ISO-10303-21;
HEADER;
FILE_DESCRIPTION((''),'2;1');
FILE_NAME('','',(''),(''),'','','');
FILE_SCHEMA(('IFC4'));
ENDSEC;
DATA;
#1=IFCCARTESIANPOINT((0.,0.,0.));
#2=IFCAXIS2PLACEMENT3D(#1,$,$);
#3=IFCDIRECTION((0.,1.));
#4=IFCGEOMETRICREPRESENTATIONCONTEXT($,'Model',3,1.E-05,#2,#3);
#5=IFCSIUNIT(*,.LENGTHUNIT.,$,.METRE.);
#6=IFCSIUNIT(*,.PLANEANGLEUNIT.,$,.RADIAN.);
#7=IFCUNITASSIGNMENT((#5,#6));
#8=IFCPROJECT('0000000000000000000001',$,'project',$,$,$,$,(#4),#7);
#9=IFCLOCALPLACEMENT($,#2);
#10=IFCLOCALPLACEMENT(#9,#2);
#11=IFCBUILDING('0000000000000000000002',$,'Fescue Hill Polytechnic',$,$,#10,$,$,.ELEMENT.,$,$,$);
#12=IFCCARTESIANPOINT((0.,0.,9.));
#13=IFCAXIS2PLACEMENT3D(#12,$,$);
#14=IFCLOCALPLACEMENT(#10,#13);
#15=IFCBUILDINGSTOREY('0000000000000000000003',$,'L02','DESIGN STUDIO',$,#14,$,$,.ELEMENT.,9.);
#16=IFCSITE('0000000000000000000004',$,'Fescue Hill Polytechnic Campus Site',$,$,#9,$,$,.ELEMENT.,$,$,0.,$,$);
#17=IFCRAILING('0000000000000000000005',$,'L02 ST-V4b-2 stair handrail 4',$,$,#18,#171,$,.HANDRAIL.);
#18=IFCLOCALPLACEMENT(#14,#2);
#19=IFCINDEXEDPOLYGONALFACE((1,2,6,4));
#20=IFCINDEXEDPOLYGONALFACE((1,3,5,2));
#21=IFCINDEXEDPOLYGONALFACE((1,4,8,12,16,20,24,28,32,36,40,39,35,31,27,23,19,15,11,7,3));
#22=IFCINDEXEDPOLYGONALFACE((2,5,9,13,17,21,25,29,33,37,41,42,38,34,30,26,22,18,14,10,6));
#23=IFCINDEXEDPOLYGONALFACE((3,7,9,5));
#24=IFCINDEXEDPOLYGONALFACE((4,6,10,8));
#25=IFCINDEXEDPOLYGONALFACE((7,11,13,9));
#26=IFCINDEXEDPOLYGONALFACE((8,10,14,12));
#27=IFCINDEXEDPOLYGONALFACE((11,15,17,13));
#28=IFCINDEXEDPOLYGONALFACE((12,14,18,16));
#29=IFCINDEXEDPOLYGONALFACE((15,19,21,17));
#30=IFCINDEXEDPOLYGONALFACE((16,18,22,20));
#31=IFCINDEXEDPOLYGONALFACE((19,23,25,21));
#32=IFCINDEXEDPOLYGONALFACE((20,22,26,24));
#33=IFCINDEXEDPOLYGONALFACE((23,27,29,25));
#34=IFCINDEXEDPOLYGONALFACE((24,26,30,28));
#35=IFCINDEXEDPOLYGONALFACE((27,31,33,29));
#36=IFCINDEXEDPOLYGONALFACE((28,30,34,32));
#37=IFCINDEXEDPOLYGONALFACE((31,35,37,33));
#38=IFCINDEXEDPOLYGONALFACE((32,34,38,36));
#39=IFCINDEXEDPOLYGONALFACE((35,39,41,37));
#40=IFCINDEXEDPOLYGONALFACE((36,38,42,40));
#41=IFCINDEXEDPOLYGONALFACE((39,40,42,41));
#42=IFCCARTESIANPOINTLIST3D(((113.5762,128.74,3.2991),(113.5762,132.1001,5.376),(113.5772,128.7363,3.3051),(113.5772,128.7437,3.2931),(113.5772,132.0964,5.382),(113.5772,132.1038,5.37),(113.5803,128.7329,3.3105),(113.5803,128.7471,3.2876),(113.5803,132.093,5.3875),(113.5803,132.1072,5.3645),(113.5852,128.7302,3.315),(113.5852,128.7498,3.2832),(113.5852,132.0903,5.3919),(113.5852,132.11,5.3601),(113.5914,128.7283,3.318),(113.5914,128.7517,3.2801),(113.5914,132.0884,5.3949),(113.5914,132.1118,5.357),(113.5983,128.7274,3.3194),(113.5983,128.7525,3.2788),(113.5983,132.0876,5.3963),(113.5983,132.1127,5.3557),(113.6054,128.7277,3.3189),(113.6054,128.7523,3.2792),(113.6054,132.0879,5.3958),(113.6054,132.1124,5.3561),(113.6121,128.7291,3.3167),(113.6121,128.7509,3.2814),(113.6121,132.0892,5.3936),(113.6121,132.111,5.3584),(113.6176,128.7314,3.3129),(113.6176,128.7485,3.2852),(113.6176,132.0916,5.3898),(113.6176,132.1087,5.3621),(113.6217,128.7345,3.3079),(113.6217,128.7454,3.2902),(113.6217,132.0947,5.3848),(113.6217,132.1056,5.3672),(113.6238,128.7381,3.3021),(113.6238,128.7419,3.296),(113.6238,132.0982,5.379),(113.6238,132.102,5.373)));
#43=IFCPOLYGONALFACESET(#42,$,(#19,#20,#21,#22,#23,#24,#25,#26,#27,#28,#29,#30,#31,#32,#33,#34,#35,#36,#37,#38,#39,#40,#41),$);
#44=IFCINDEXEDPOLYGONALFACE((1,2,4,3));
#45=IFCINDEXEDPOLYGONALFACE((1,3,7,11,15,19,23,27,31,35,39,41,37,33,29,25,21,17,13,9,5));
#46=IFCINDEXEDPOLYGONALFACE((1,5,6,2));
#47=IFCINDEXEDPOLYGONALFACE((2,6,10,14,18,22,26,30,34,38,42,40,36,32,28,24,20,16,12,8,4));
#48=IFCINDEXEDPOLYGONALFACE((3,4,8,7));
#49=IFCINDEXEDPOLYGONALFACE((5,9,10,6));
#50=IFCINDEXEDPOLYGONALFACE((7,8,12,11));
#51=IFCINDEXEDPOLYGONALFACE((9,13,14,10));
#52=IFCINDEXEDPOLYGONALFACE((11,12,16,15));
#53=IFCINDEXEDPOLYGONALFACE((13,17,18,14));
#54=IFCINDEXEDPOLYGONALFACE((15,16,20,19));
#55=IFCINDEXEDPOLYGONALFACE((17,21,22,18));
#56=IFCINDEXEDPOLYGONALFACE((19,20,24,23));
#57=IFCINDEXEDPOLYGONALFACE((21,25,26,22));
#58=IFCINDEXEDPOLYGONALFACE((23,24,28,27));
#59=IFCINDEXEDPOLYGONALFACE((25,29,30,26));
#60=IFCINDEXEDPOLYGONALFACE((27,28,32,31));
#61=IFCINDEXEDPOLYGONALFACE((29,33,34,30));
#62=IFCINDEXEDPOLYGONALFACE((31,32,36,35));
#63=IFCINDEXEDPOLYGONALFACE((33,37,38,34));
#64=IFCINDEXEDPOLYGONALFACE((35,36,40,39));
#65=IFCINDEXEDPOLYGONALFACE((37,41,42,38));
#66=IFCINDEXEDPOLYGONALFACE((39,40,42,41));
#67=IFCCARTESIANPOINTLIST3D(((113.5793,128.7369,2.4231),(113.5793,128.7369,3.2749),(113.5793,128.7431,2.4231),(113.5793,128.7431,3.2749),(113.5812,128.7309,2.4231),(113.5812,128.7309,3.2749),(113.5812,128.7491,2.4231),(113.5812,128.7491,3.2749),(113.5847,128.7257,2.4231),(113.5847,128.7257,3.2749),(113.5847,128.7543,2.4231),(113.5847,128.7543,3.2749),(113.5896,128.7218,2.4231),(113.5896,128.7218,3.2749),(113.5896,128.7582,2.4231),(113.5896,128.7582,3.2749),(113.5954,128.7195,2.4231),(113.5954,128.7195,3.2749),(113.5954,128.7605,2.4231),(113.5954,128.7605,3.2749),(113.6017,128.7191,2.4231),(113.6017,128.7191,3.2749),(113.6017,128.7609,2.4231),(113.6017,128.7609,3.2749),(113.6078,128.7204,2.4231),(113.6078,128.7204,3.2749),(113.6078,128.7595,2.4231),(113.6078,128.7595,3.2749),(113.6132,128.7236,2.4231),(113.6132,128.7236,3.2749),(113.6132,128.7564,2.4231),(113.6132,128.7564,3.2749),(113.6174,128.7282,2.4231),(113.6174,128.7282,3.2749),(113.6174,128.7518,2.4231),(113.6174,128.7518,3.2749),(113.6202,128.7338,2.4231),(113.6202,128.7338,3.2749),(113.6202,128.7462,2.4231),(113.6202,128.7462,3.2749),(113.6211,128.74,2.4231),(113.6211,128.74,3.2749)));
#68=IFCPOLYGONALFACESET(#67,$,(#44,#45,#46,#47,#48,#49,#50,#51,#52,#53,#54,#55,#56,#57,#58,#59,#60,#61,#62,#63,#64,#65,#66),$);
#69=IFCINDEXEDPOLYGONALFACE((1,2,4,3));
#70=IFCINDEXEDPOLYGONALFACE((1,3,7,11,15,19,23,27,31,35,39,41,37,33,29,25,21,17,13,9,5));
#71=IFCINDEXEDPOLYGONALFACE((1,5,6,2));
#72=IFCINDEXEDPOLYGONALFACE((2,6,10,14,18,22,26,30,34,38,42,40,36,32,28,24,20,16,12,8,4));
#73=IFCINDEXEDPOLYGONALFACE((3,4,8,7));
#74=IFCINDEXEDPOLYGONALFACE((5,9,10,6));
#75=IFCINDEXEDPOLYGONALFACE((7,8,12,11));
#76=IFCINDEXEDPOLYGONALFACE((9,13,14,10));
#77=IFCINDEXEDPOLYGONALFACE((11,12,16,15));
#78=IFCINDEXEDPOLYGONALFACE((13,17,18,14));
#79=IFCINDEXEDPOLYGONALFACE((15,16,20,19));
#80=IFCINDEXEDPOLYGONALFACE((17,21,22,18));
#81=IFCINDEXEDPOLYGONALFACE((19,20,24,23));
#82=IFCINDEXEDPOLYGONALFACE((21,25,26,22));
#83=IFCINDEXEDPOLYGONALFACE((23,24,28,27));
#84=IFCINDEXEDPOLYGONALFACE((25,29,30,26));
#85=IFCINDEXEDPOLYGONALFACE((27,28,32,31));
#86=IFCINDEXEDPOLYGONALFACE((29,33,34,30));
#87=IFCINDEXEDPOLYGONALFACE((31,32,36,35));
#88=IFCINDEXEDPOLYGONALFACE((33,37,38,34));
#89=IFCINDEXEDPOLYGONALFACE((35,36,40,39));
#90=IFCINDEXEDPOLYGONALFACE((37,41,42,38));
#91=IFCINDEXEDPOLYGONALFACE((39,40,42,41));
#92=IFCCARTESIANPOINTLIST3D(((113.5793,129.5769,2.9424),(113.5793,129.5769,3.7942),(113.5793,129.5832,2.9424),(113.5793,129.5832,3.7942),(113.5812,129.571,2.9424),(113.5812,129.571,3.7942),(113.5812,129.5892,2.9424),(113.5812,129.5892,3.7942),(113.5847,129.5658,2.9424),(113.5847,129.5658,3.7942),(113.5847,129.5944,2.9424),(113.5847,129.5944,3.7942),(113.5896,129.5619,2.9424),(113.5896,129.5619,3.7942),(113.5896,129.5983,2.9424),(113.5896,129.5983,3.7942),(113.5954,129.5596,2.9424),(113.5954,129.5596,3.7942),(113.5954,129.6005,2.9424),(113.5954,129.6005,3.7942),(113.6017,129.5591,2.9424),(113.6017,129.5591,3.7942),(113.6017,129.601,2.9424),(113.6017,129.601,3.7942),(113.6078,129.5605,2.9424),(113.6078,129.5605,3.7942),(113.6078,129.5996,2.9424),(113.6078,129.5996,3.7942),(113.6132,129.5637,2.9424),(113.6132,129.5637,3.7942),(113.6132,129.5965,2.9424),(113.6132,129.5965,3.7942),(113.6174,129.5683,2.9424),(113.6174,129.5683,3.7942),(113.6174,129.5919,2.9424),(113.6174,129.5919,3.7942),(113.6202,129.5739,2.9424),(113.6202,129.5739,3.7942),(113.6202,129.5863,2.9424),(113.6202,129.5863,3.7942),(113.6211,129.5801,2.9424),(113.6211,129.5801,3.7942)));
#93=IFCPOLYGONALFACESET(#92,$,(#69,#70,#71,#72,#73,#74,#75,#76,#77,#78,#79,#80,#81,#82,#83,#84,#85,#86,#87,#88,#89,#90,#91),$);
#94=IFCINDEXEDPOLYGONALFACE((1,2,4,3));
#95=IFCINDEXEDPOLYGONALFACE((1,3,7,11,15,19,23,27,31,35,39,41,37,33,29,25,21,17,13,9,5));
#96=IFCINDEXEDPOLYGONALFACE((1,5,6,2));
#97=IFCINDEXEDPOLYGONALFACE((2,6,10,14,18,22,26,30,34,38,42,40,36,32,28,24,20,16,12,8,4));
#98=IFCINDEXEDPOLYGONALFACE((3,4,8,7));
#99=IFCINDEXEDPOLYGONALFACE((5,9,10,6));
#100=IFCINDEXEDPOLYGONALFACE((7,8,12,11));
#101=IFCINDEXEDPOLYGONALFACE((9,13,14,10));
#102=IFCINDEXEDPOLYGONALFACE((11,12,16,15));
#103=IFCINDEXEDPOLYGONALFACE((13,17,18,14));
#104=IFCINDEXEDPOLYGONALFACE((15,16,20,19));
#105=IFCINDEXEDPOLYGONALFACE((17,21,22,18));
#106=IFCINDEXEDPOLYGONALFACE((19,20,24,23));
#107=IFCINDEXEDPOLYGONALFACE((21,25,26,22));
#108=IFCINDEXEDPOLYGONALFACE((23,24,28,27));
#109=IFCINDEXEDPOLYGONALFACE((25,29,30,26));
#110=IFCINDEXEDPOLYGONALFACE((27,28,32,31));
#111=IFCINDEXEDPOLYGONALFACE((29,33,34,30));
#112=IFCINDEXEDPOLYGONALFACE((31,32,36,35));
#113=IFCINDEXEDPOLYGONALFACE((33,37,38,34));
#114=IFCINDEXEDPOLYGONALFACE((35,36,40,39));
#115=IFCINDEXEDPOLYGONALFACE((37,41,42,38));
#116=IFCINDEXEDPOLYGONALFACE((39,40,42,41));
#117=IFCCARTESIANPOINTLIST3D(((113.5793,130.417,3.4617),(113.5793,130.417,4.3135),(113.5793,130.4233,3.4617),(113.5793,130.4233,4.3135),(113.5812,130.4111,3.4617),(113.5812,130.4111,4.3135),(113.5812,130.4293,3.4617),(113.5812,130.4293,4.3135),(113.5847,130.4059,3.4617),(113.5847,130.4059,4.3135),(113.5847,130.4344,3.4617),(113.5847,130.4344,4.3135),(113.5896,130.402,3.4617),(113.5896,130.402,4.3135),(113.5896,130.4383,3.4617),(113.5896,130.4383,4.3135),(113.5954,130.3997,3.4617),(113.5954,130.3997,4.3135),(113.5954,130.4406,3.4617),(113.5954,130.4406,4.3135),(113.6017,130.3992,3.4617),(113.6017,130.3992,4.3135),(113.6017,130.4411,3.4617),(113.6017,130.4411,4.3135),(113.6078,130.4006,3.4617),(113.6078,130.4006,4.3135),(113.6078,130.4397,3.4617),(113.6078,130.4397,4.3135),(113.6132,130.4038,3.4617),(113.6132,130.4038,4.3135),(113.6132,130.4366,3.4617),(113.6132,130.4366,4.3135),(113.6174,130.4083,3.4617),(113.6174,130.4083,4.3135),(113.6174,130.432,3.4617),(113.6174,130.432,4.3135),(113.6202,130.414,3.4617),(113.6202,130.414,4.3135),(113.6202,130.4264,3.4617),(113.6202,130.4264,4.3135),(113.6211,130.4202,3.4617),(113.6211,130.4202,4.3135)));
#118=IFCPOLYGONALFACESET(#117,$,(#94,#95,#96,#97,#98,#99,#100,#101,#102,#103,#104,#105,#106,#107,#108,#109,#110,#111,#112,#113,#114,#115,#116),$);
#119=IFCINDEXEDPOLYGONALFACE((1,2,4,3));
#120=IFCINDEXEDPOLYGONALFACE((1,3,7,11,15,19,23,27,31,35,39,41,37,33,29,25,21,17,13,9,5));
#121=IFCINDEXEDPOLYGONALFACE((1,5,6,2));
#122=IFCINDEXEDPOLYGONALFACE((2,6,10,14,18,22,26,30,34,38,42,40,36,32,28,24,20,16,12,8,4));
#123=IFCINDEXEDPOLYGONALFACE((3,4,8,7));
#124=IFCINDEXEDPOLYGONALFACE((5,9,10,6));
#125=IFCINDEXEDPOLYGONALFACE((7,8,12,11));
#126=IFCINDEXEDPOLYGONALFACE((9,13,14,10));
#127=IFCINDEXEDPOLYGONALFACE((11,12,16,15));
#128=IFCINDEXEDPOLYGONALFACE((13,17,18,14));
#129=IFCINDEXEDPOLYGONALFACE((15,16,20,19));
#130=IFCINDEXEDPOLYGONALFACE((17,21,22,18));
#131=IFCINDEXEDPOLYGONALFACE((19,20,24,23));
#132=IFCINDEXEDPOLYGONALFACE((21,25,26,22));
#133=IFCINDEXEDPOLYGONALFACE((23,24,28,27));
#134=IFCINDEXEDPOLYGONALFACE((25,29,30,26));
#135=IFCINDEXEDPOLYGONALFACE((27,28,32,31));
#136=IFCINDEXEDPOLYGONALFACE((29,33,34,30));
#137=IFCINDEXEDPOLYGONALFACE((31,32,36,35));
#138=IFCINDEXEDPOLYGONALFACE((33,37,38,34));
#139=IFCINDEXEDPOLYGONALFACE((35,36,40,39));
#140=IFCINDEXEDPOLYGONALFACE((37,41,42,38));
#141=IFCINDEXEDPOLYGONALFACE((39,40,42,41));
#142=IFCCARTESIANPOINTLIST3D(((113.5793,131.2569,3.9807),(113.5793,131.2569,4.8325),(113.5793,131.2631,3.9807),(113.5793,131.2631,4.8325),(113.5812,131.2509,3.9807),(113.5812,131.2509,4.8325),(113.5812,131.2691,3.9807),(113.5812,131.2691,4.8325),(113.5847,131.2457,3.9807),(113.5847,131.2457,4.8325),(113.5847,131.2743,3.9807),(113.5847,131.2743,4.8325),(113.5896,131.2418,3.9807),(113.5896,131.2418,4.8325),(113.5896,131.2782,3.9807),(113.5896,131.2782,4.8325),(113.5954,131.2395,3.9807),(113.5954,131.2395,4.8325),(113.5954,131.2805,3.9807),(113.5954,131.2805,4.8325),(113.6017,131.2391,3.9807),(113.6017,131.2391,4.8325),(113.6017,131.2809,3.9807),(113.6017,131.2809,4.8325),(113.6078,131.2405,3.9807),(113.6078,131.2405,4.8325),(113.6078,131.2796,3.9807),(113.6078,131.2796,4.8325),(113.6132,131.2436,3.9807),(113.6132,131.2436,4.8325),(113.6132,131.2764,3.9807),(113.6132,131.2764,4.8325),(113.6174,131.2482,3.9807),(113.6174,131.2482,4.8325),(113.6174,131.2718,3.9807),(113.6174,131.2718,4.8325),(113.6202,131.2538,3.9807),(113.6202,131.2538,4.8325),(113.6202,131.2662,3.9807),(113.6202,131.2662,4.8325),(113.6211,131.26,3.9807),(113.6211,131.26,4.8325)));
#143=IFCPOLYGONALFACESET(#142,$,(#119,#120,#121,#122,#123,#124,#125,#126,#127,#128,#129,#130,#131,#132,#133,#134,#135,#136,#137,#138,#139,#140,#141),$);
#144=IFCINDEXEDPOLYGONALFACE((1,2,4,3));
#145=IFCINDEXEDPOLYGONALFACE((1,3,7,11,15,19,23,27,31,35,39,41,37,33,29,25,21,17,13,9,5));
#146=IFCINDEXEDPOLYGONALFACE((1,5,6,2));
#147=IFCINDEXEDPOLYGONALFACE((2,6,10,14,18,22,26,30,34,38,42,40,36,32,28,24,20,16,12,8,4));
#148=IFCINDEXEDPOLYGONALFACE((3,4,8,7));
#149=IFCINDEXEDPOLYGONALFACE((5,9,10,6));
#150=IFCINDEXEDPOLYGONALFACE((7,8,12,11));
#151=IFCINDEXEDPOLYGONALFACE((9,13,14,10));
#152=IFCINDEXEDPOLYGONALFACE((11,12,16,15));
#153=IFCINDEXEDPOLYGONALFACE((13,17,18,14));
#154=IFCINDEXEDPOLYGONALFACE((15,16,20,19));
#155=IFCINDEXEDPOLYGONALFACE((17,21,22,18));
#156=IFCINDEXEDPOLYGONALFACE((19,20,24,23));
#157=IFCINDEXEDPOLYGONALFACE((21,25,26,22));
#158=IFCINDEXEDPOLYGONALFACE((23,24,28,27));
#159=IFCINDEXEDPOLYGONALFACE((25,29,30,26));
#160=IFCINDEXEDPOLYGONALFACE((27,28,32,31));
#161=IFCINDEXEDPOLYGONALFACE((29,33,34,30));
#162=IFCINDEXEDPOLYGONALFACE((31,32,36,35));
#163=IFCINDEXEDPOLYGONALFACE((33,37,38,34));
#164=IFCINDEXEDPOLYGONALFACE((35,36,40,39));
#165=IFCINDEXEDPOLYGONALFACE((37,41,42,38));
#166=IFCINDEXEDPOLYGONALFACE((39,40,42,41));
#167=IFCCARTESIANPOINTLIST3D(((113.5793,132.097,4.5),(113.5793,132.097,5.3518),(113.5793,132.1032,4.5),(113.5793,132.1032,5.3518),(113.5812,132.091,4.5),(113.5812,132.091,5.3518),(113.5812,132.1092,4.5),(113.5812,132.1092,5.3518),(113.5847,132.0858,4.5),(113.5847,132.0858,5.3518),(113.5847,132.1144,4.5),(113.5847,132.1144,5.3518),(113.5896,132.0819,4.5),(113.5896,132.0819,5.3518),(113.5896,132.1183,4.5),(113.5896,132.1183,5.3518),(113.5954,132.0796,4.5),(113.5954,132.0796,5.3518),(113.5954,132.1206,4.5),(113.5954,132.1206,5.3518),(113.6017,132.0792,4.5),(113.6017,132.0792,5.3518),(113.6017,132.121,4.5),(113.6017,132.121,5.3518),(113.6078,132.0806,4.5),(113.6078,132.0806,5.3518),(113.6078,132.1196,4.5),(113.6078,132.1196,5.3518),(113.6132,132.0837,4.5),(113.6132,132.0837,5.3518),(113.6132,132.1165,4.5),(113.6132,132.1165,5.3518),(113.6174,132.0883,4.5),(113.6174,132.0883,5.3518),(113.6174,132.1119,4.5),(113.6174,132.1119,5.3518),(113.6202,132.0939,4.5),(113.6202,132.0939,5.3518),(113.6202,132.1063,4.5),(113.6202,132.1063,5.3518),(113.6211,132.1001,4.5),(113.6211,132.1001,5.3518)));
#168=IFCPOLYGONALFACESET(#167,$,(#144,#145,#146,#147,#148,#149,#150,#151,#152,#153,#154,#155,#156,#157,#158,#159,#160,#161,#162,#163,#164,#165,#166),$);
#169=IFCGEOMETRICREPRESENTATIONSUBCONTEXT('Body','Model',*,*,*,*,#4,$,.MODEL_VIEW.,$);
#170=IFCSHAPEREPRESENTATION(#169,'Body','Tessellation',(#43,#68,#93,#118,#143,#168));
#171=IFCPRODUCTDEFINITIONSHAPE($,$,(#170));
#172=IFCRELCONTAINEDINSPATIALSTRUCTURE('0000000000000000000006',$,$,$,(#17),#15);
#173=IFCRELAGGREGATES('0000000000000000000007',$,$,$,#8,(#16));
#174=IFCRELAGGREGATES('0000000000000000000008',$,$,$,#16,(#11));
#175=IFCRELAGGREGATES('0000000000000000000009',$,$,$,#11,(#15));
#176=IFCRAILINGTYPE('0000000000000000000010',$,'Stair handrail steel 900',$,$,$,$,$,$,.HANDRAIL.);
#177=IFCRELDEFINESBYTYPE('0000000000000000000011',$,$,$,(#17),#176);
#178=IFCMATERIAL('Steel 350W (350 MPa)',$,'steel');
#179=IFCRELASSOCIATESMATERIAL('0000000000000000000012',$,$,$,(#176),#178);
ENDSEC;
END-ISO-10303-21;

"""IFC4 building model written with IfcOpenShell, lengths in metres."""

from ifc_helpers import new_model, si_unit, direction, frame, origin, origin_2d, place, context, subcontext, project, spatial, circle, extrude, material, type_object, element, save


model = new_model("IFC4")

# Units and contexts
model_context = context("Model", 3, precision=1e-05, world=origin(), true_north=direction((0.0, 1.0)))
body_context = subcontext(model_context, "Body", "Model", "MODEL_VIEW")
ifc_project = project(units=[si_unit("LENGTHUNIT", "METRE"), si_unit("PLANEANGLEUNIT", "RADIAN")], contexts=[model_context])

# Site, building, storey
site_placement = place(None, origin())
site = spatial("IfcSite", under=ifc_project, at=site_placement, Name="Fescue Hill Polytechnic Campus Site", CompositionType="ELEMENT", RefElevation=0.0)
building_placement = place(site_placement, origin())
building = spatial("IfcBuilding", under=site, at=building_placement, Name="Fescue Hill Polytechnic", CompositionType="ELEMENT")
storey_placement = place(building_placement, frame((0.0, 0.0, 9.0)))
storey = spatial("IfcBuildingStorey", under=building, at=storey_placement, Name="L02", Description="DESIGN STUDIO", CompositionType="ELEMENT", Elevation=9.0)

# Railing
ifc_material_1 = material(Name="Steel 350W (350 MPa)", Category="steel")
railing_type = type_object("IfcRailingType", Name="Stair handrail steel 900", PredefinedType="HANDRAIL", material=ifc_material_1)
for number, where, name in (
    (1, (113.6001, 128.74, 2.4231), "L02 ST-V4b-2 stair handrail 4"),
):
    element("IfcRailing", number, at=place(storey_placement, frame(where)), inside=storey, type_object=railing_type, Name=name, PredefinedType="HANDRAIL", context=body_context, shape_type="SweptSolid", body=[
        extrude(circle(Radius=0.0239, at=origin_2d()), frame((0.0, 0.0, 0.876), z_axis=(0.0, 0.850623, 0.525776), x_axis=(-1.0, 0.0, 0.0)), (0.0, 0.0, 1.0), 3.9502),
        extrude(circle(Radius=0.021, at=origin_2d()), origin(), (0.0, 0.0, 1.0), 0.8518),
        extrude(circle(Radius=0.021, at=origin_2d()), frame((0.0, 0.8401, 0.5193)), (0.0, 0.0, 1.0), 0.8518),
        extrude(circle(Radius=0.021, at=origin_2d()), frame((0.0, 1.6802, 1.0386)), (0.0, 0.0, 1.0), 0.8518),
        extrude(circle(Radius=0.021, at=origin_2d()), frame((0.0, 2.52, 1.5576)), (0.0, 0.0, 1.0), 0.8518),
        extrude(circle(Radius=0.021, at=origin_2d()), frame((0.0, 3.3601, 2.0769)), (0.0, 0.0, 1.0), 0.8518),
    ])

save(model, "model.ifc")
